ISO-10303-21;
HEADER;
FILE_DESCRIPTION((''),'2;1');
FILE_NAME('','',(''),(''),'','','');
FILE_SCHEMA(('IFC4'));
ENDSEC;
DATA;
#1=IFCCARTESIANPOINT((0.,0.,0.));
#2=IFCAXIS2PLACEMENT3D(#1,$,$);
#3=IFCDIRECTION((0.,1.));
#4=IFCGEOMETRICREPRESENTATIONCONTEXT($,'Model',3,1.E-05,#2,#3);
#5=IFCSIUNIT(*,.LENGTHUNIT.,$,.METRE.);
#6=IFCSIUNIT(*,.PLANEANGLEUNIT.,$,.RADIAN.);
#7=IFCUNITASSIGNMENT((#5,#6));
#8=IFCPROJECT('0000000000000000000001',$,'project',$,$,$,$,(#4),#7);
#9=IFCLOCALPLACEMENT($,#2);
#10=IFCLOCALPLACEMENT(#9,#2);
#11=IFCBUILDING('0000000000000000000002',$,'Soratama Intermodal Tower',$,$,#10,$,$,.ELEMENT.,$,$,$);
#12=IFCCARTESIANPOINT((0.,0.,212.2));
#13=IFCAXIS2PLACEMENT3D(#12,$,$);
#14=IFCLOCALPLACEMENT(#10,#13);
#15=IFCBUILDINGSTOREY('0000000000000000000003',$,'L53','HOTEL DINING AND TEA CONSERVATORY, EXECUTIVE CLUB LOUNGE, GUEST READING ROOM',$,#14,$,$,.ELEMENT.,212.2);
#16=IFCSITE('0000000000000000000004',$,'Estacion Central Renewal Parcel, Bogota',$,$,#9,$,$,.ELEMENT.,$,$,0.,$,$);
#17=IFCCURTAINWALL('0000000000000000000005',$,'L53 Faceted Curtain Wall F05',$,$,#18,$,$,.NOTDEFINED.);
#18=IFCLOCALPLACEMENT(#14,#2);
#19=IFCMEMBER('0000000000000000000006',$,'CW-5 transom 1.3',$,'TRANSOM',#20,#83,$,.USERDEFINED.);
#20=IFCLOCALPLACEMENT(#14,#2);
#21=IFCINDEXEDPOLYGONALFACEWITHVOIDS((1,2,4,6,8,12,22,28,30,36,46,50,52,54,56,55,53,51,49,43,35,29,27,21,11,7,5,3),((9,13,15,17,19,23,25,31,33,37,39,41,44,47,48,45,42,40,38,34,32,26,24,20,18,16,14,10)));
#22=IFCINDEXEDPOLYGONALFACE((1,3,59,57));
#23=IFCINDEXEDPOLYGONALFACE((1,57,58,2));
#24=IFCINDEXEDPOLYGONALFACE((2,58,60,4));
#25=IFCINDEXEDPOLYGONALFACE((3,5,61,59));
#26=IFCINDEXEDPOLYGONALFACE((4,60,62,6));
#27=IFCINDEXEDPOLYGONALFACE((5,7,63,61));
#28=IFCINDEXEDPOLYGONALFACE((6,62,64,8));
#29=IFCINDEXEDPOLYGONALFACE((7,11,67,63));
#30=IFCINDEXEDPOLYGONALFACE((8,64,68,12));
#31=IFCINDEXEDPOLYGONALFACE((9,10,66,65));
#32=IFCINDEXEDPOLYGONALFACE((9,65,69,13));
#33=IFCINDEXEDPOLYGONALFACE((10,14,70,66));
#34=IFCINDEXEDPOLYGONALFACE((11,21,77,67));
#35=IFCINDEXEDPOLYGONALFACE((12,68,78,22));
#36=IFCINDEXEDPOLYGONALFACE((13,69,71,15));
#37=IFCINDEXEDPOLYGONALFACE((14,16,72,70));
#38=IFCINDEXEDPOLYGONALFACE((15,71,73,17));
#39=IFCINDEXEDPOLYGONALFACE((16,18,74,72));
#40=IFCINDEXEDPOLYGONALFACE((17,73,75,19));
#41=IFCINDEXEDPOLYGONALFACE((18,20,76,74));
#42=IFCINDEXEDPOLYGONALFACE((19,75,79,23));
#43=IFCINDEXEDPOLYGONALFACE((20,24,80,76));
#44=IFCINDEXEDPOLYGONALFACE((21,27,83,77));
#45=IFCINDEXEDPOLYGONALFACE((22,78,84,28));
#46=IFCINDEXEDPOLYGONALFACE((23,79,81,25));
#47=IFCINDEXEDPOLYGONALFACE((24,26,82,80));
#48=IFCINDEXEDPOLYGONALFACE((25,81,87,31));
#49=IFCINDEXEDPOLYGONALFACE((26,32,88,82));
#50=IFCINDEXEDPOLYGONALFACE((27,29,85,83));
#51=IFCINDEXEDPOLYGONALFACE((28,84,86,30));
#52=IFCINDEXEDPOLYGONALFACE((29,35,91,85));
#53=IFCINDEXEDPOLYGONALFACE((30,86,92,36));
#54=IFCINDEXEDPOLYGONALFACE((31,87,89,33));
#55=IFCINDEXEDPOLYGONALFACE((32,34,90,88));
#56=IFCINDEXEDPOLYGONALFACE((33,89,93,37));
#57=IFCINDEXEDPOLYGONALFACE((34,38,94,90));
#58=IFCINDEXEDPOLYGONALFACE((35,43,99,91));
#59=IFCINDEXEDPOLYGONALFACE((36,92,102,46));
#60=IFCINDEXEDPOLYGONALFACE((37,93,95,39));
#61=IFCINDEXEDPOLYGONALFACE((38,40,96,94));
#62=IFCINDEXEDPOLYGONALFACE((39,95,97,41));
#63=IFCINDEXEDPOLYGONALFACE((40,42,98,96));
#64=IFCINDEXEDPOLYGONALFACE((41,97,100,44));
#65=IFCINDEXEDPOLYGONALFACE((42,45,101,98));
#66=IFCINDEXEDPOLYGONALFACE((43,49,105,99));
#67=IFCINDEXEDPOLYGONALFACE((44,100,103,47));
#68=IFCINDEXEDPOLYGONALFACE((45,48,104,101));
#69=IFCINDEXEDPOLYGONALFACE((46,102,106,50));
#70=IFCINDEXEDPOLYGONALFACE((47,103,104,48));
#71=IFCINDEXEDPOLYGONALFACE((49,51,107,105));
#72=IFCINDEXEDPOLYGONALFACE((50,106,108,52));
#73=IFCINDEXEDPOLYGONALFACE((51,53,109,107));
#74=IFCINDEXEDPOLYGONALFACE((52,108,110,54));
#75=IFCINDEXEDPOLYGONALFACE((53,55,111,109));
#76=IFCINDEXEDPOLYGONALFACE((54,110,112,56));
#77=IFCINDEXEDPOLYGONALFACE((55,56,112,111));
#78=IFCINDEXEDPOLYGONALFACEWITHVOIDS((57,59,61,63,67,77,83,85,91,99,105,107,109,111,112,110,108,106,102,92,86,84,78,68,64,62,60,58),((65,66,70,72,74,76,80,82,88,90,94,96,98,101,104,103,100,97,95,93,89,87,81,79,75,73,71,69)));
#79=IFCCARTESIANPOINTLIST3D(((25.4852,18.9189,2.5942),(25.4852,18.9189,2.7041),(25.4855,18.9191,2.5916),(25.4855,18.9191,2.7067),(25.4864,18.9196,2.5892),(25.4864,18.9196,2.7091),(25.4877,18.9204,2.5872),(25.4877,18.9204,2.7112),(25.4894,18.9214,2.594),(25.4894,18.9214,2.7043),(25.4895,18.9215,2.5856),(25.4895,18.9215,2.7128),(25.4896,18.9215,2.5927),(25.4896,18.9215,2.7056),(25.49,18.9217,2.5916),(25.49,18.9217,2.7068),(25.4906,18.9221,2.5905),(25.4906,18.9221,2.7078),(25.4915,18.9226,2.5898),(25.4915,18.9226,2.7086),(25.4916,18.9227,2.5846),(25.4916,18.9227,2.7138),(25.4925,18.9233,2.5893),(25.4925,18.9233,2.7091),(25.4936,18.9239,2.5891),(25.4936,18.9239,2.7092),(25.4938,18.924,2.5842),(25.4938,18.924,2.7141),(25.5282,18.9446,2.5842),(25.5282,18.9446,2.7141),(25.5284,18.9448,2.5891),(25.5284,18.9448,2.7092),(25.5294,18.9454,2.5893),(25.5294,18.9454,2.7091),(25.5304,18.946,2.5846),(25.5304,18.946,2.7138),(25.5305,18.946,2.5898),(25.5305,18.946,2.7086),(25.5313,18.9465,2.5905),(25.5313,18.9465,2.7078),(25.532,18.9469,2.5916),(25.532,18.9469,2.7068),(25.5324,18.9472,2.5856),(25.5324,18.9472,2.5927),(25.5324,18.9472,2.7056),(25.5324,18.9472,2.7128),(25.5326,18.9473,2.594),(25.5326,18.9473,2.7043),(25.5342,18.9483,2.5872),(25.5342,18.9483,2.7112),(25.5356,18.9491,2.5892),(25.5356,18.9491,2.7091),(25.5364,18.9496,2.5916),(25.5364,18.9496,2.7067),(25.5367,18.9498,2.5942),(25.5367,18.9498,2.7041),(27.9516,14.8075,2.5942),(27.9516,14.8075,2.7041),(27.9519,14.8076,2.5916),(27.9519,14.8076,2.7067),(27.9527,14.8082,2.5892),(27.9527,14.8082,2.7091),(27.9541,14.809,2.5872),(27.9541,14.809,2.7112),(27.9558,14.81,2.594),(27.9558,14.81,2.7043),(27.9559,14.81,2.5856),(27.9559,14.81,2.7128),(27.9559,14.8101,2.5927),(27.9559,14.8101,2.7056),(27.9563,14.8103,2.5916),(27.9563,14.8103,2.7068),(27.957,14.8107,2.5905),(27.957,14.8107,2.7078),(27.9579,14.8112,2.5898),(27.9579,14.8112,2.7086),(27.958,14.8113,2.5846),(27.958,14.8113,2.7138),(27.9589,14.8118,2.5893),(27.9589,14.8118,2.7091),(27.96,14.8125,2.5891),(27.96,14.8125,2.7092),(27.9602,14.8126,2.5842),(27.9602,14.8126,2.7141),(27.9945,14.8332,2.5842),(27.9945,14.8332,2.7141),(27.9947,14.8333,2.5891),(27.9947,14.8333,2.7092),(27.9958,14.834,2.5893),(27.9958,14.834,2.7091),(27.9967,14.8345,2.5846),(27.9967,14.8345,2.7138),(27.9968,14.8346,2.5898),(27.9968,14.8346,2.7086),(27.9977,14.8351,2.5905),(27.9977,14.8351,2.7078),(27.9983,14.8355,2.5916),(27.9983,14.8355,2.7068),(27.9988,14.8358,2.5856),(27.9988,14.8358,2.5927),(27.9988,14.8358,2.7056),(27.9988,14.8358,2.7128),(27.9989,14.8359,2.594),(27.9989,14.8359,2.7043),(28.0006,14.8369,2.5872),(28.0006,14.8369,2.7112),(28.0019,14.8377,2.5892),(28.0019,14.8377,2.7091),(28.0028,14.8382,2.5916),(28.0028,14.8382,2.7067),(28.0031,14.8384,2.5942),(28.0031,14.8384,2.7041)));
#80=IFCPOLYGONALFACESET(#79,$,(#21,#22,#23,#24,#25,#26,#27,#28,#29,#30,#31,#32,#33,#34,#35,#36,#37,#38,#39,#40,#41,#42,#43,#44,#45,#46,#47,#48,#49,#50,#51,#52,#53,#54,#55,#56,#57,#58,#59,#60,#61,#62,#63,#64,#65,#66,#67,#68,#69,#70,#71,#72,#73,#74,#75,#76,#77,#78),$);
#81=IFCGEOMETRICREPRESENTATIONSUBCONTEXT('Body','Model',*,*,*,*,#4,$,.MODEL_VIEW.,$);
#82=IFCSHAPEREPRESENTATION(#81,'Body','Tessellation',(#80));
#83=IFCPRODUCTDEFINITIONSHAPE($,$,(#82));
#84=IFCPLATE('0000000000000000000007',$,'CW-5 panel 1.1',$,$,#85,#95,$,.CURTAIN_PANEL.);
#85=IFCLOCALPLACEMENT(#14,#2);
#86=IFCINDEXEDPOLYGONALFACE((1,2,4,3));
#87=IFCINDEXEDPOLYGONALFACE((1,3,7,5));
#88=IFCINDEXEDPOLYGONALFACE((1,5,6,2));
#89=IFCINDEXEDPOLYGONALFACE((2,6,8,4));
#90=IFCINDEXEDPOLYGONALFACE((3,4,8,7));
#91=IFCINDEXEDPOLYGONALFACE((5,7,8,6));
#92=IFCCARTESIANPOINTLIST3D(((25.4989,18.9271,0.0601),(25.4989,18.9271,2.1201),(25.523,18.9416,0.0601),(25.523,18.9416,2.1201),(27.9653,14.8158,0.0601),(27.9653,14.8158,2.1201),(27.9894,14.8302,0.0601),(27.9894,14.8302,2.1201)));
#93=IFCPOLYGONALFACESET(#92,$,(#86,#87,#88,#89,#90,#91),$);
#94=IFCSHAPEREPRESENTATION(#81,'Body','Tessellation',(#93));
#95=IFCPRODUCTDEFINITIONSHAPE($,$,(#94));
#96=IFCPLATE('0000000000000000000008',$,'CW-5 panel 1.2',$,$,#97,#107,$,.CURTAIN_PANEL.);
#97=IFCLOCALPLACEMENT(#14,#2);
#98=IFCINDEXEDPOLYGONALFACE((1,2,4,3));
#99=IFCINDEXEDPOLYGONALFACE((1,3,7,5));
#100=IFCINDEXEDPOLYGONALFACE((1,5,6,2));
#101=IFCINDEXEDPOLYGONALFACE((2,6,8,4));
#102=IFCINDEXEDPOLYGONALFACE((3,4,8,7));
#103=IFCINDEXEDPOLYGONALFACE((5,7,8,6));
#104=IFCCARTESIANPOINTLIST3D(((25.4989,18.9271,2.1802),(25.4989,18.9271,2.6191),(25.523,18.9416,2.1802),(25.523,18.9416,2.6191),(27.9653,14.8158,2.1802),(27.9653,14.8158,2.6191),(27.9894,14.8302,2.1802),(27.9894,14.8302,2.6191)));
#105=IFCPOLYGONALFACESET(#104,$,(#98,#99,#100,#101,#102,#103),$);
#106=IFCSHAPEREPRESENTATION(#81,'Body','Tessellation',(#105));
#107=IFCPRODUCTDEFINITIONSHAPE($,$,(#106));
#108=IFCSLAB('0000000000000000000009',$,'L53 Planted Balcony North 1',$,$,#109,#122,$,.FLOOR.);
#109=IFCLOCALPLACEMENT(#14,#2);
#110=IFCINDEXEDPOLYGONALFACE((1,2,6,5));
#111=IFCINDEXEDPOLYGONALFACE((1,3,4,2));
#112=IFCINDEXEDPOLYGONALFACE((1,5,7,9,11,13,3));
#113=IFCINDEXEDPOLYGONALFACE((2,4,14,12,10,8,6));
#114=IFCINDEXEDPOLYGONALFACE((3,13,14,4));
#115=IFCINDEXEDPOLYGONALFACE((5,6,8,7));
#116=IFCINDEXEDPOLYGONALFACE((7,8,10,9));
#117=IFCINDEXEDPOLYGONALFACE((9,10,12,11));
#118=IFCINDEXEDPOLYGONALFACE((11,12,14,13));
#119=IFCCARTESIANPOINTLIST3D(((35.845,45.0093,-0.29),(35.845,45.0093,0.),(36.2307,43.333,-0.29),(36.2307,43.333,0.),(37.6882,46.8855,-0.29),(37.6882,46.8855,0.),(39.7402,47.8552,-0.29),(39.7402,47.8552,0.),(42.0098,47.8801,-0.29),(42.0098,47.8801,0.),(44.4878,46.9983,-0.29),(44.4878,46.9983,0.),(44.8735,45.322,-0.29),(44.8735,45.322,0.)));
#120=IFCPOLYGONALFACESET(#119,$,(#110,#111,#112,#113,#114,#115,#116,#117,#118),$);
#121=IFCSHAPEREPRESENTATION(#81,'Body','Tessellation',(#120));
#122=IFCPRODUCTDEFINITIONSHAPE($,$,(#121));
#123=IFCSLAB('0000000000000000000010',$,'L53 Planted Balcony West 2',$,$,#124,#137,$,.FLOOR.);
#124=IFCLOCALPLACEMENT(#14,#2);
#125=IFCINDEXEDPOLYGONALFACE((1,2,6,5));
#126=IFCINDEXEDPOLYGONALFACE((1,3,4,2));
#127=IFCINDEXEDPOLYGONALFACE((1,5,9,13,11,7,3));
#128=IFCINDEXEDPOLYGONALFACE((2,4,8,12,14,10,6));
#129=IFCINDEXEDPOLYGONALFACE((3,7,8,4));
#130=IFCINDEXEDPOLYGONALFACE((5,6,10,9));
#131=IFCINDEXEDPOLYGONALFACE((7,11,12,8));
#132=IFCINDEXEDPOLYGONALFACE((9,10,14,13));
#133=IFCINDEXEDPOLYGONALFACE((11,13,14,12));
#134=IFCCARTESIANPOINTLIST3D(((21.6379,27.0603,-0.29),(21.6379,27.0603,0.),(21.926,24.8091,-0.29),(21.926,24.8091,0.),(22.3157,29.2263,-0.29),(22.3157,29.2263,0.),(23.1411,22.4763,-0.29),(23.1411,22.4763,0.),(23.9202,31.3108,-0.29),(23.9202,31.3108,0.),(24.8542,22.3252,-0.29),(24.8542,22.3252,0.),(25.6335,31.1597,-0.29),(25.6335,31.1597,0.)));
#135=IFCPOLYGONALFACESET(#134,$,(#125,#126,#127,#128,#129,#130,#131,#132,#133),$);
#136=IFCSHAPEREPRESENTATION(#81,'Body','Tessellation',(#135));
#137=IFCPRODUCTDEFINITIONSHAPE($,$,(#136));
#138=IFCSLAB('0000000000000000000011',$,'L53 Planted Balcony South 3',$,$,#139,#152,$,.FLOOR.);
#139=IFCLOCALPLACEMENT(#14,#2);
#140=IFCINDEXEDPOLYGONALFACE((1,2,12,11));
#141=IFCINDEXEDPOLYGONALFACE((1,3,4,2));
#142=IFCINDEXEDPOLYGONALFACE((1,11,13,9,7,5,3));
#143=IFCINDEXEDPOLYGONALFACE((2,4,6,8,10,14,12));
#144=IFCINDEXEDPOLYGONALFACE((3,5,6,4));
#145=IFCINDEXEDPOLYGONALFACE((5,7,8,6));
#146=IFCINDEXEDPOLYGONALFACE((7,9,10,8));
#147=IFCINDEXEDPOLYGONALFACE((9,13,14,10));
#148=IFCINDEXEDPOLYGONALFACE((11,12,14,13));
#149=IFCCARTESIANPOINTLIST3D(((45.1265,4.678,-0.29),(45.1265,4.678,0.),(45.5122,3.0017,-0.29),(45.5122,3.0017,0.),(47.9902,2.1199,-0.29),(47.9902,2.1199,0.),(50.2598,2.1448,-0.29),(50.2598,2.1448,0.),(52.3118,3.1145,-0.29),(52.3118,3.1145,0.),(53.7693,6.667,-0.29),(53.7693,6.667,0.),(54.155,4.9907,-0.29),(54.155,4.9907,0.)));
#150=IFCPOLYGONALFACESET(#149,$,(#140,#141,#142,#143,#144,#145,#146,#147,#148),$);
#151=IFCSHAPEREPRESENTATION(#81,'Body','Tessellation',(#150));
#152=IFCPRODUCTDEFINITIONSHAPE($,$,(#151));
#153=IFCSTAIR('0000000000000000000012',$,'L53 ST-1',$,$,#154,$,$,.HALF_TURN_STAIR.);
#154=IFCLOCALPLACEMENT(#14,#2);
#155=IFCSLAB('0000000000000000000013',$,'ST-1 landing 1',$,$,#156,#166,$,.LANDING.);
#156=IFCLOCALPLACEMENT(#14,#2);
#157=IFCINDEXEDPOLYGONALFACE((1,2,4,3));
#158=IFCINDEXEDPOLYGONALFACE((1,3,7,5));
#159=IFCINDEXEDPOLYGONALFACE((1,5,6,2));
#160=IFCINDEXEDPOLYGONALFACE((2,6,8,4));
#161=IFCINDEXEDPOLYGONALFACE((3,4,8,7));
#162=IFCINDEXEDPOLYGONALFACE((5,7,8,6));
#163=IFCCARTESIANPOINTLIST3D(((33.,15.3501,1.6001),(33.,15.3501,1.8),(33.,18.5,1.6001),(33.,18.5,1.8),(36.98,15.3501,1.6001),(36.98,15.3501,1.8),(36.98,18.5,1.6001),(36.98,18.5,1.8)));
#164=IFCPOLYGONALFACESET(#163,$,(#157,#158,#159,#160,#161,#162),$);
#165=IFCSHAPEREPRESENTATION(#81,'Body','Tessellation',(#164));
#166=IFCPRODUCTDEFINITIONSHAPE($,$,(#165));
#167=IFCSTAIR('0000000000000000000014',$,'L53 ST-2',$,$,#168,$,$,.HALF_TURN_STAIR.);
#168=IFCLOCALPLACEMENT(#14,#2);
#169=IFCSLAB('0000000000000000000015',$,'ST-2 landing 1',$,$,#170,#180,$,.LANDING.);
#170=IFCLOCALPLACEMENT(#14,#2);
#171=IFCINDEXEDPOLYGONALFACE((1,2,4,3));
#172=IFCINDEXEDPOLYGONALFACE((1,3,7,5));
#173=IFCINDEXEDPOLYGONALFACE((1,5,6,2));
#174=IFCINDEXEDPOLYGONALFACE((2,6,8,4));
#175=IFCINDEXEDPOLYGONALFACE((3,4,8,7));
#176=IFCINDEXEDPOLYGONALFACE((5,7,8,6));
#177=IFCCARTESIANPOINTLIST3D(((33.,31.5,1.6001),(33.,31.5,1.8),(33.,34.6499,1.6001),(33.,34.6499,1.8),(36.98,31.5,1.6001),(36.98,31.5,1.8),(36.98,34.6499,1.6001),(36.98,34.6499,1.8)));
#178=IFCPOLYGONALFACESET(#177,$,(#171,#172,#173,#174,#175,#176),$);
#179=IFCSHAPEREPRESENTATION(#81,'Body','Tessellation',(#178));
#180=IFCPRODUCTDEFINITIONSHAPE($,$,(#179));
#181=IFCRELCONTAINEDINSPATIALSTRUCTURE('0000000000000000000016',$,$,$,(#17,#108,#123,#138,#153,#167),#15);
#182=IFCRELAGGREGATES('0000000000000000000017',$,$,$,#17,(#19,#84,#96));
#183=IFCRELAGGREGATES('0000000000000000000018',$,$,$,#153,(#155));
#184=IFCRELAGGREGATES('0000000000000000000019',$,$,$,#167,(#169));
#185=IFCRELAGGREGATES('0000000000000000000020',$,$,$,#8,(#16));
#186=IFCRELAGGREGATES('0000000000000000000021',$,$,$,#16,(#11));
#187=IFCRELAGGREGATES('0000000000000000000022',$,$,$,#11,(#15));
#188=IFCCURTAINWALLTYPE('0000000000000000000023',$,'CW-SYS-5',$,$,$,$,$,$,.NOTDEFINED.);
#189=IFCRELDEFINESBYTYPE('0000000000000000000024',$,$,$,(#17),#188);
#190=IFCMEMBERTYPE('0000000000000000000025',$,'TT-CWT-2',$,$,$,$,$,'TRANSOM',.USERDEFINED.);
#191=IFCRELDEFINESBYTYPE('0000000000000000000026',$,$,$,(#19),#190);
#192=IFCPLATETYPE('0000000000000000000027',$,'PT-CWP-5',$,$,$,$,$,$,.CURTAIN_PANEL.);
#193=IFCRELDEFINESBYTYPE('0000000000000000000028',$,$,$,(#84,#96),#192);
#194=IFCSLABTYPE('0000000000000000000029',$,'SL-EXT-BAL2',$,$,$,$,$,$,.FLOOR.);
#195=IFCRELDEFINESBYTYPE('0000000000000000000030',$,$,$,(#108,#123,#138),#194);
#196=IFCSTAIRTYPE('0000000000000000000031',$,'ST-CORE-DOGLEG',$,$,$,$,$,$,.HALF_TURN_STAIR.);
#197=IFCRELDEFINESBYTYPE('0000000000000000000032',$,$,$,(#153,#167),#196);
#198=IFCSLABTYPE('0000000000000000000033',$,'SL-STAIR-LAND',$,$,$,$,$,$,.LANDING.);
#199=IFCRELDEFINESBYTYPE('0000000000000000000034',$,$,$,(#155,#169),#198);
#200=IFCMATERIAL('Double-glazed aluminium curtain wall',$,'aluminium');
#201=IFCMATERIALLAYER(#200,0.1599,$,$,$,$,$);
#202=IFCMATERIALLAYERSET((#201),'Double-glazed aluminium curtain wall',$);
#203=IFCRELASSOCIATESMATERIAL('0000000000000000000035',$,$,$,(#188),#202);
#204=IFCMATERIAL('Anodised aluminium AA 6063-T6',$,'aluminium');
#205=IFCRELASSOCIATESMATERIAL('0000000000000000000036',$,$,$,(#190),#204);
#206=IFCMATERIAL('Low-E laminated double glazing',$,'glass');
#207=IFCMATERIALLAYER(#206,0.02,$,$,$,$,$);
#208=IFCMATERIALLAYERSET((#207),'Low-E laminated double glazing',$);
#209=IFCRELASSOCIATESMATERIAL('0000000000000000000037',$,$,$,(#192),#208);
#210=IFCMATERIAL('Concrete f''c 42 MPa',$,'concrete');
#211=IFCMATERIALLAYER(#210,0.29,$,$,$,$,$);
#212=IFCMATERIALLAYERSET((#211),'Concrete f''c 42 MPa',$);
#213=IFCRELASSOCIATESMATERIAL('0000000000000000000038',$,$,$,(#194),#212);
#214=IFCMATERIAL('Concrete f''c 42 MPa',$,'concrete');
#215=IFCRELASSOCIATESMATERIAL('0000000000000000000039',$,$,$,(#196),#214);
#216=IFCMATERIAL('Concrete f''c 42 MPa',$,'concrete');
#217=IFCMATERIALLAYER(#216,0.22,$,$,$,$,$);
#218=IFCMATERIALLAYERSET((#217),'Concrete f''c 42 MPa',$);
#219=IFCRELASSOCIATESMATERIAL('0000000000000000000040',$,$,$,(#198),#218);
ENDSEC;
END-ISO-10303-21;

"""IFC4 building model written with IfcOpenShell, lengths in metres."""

from ifc_helpers import new_model, si_unit, direction, frame, origin, origin_2d, place, context, subcontext, project, spatial, polyline, rectangle, hollow_rectangle, outline, extrude, material, layer, layer_set, material_profile, profile_set, type_object, element, aggregate, save


model = new_model("IFC4")

# Units and contexts
model_context = context("Model", 3, precision=1e-05, world=origin(), true_north=direction((0.0, 1.0)))
body_context = subcontext(model_context, "Body", "Model", "MODEL_VIEW")
ifc_project = project(units=[si_unit("LENGTHUNIT", "METRE"), si_unit("PLANEANGLEUNIT", "RADIAN")], contexts=[model_context])

# Site, building, storey
site_placement = place(None, origin())
site = spatial("IfcSite", under=ifc_project, at=site_placement, Name="Estacion Central Renewal Parcel, Bogota", CompositionType="ELEMENT", RefElevation=0.0)
building_placement = place(site_placement, origin())
building = spatial("IfcBuilding", under=site, at=building_placement, Name="Soratama Intermodal Tower", CompositionType="ELEMENT")
storey_placement = place(building_placement, frame((0.0, 0.0, 212.2)))
storey = spatial("IfcBuildingStorey", under=building, at=storey_placement, Name="L53", Description="HOTEL DINING AND TEA CONSERVATORY, EXECUTIVE CLUB LOUNGE, GUEST READING ROOM", CompositionType="ELEMENT", Elevation=212.2)

# Curtain wall, member, plates
ifc_material_1 = material(Name="Double-glazed aluminium curtain wall", Category="aluminium")
ifc_layer_1 = layer(ifc_material_1, 0.1599)
ifc_layer_set_1 = layer_set([ifc_layer_1], Name="Double-glazed aluminium curtain wall")
curtain_wall_type = type_object("IfcCurtainWallType", Name="CW-SYS-5", PredefinedType="NOTDEFINED", material=ifc_layer_set_1)
curtain_wall_placement = place(storey_placement, origin())
curtain_wall = element("IfcCurtainWall", 1, at=curtain_wall_placement, inside=storey, type_object=curtain_wall_type, Name="L53 Faceted Curtain Wall F05", PredefinedType="NOTDEFINED")
ifc_material_2 = material(Name="Anodised aluminium AA 6063-T6", Category="aluminium")
ifc_material_profile_1 = material_profile(ifc_material_2, hollow_rectangle(XDim=0.0601, YDim=0.1299, WallThickness=0.0049, InnerFilletRadius=0.0049, OuterFilletRadius=0.01, at=origin_2d()), Name="CWT130X60X5")
ifc_profile_set_1 = profile_set([ifc_material_profile_1], Name="Anodised aluminium AA 6063-T6")
member_type_1 = type_object("IfcMemberType", Name="TT-CWT-2", ElementType="TRANSOM", PredefinedType="USERDEFINED", material=ifc_profile_set_1)
member_1_placement = place(storey_placement, frame((25.511, 18.9343, 2.6492), z_axis=(0.514421, -0.857538, 0.0), x_axis=(0.857538, 0.514421, 0.0)))
member_1 = element("IfcMember", 2, at=member_1_placement, type_object=member_type_1, Name="CW-5 transom 1.3", ObjectType="TRANSOM", PredefinedType="USERDEFINED", context=body_context, shape_type="SweptSolid", body=[
    extrude(hollow_rectangle(XDim=0.0601, YDim=0.1299, WallThickness=0.0049, InnerFilletRadius=0.0049, OuterFilletRadius=0.01, at=origin_2d()), origin(), (0.0, 0.0, 1.0), 4.7944),
])
ifc_material_3 = material(Name="Low-E laminated double glazing", Category="glass")
ifc_layer_2 = layer(ifc_material_3, 0.02)
ifc_layer_set_2 = layer_set([ifc_layer_2], Name="Low-E laminated double glazing")
plate_type = type_object("IfcPlateType", Name="PT-CWP-5", PredefinedType="CURTAIN_PANEL", material=ifc_layer_set_2)
plate_1_placement = place(storey_placement, frame((26.7441, 16.8787, 0.0601), z_axis=(0.0, 0.0, 1.0), x_axis=(0.514439, -0.857527, 0.0)))
plate_1 = element("IfcPlate", 3, at=plate_1_placement, type_object=plate_type, Name="CW-5 panel 1.1", PredefinedType="CURTAIN_PANEL", context=body_context, shape_type="SweptSolid", body=[
    extrude(rectangle(XDim=4.7944, YDim=0.0281, at=origin_2d()), origin(), (0.0, 0.0, 1.0), 2.0601),
])
plate_2_placement = place(storey_placement, frame((26.7441, 16.8787, 2.1802), z_axis=(0.0, 0.0, 1.0), x_axis=(0.514439, -0.857527, 0.0)))
plate_2 = element("IfcPlate", 4, at=plate_2_placement, type_object=plate_type, Name="CW-5 panel 1.2", PredefinedType="CURTAIN_PANEL", context=body_context, shape_type="SweptSolid", body=[
    extrude(rectangle(XDim=4.7944, YDim=0.0281, at=origin_2d()), origin(), (0.0, 0.0, 1.0), 0.439),
])
aggregate(curtain_wall, [member_1, plate_1, plate_2])

# Slabs
ifc_material_4 = material(Name="Concrete f'c 42 MPa", Category="concrete")
ifc_layer_3 = layer(ifc_material_4, 0.29)
ifc_layer_set_3 = layer_set([ifc_layer_3], Name="Concrete f'c 42 MPa")
slab_type_1 = type_object("IfcSlabType", Name="SL-EXT-BAL2", PredefinedType="FLOOR", material=ifc_layer_set_3)
slab_1_placement = place(storey_placement, frame((0.0, 0.0, -0.29)))
element("IfcSlab", 5, at=slab_1_placement, inside=storey, type_object=slab_type_1, Name="L53 Planted Balcony North 1", PredefinedType="FLOOR", context=body_context, shape_type="SweptSolid", body=[
    extrude(outline(polyline([(44.8735, 45.322), (36.2307, 43.333), (35.845, 45.0093), (37.6882, 46.8855), (39.7402, 47.8552), (42.0098, 47.8801), (44.4878, 46.9983), (44.8735, 45.322)])), origin(), (0.0, 0.0, 1.0), 0.29),
])
slab_2_placement = place(storey_placement, frame((0.0, 0.0, -0.29)))
element("IfcSlab", 6, at=slab_2_placement, inside=storey, type_object=slab_type_1, Name="L53 Planted Balcony West 2", PredefinedType="FLOOR", context=body_context, shape_type="SweptSolid", body=[
    extrude(outline(polyline([(25.6335, 31.1597), (24.8542, 22.3252), (23.1411, 22.4763), (21.926, 24.8091), (21.6379, 27.0603), (22.3157, 29.2263), (23.9202, 31.3108), (25.6335, 31.1597)])), origin(), (0.0, 0.0, 1.0), 0.29),
])
slab_3_placement = place(storey_placement, frame((0.0, 0.0, -0.29)))
element("IfcSlab", 7, at=slab_3_placement, inside=storey, type_object=slab_type_1, Name="L53 Planted Balcony South 3", PredefinedType="FLOOR", context=body_context, shape_type="SweptSolid", body=[
    extrude(outline(polyline([(45.1265, 4.678), (53.7693, 6.667), (54.155, 4.9907), (52.3118, 3.1145), (50.2598, 2.1448), (47.9902, 2.1199), (45.5122, 3.0017), (45.1265, 4.678)])), origin(), (0.0, 0.0, 1.0), 0.29),
])

# Stairs, slabs
ifc_material_5 = material(Name="Concrete f'c 42 MPa", Category="concrete")
stair_type = type_object("IfcStairType", Name="ST-CORE-DOGLEG", PredefinedType="HALF_TURN_STAIR", material=ifc_material_5)
stair_1_placement = place(storey_placement, origin())
stair_1 = element("IfcStair", 8, at=stair_1_placement, inside=storey, type_object=stair_type, Name="L53 ST-1", PredefinedType="HALF_TURN_STAIR")
ifc_material_6 = material(Name="Concrete f'c 42 MPa", Category="concrete")
ifc_layer_4 = layer(ifc_material_6, 0.22)
ifc_layer_set_4 = layer_set([ifc_layer_4], Name="Concrete f'c 42 MPa")
slab_type_2 = type_object("IfcSlabType", Name="SL-STAIR-LAND", PredefinedType="LANDING", material=ifc_layer_set_4)
slab_4_placement = place(storey_placement, frame((0.0, 0.0, 1.6001)))
slab_4 = element("IfcSlab", 9, at=slab_4_placement, type_object=slab_type_2, Name="ST-1 landing 1", PredefinedType="LANDING", context=body_context, shape_type="SweptSolid", body=[
    extrude(outline(polyline([(36.98, 18.5), (33.0, 18.5), (33.0, 15.3501), (36.98, 15.3501), (36.98, 18.5)])), origin(), (0.0, 0.0, 1.0), 0.2),
])
aggregate(stair_1, [slab_4])
stair_2_placement = place(storey_placement, origin())
stair_2 = element("IfcStair", 10, at=stair_2_placement, inside=storey, type_object=stair_type, Name="L53 ST-2", PredefinedType="HALF_TURN_STAIR")
slab_5_placement = place(storey_placement, frame((0.0, 0.0, 1.6001)))
slab_5 = element("IfcSlab", 11, at=slab_5_placement, type_object=slab_type_2, Name="ST-2 landing 1", PredefinedType="LANDING", context=body_context, shape_type="SweptSolid", body=[
    extrude(outline(polyline([(36.98, 34.6499), (33.0, 34.6499), (33.0, 31.5), (36.98, 31.5), (36.98, 34.6499)])), origin(), (0.0, 0.0, 1.0), 0.2),
])
aggregate(stair_2, [slab_5])

save(model, "model.ifc")
